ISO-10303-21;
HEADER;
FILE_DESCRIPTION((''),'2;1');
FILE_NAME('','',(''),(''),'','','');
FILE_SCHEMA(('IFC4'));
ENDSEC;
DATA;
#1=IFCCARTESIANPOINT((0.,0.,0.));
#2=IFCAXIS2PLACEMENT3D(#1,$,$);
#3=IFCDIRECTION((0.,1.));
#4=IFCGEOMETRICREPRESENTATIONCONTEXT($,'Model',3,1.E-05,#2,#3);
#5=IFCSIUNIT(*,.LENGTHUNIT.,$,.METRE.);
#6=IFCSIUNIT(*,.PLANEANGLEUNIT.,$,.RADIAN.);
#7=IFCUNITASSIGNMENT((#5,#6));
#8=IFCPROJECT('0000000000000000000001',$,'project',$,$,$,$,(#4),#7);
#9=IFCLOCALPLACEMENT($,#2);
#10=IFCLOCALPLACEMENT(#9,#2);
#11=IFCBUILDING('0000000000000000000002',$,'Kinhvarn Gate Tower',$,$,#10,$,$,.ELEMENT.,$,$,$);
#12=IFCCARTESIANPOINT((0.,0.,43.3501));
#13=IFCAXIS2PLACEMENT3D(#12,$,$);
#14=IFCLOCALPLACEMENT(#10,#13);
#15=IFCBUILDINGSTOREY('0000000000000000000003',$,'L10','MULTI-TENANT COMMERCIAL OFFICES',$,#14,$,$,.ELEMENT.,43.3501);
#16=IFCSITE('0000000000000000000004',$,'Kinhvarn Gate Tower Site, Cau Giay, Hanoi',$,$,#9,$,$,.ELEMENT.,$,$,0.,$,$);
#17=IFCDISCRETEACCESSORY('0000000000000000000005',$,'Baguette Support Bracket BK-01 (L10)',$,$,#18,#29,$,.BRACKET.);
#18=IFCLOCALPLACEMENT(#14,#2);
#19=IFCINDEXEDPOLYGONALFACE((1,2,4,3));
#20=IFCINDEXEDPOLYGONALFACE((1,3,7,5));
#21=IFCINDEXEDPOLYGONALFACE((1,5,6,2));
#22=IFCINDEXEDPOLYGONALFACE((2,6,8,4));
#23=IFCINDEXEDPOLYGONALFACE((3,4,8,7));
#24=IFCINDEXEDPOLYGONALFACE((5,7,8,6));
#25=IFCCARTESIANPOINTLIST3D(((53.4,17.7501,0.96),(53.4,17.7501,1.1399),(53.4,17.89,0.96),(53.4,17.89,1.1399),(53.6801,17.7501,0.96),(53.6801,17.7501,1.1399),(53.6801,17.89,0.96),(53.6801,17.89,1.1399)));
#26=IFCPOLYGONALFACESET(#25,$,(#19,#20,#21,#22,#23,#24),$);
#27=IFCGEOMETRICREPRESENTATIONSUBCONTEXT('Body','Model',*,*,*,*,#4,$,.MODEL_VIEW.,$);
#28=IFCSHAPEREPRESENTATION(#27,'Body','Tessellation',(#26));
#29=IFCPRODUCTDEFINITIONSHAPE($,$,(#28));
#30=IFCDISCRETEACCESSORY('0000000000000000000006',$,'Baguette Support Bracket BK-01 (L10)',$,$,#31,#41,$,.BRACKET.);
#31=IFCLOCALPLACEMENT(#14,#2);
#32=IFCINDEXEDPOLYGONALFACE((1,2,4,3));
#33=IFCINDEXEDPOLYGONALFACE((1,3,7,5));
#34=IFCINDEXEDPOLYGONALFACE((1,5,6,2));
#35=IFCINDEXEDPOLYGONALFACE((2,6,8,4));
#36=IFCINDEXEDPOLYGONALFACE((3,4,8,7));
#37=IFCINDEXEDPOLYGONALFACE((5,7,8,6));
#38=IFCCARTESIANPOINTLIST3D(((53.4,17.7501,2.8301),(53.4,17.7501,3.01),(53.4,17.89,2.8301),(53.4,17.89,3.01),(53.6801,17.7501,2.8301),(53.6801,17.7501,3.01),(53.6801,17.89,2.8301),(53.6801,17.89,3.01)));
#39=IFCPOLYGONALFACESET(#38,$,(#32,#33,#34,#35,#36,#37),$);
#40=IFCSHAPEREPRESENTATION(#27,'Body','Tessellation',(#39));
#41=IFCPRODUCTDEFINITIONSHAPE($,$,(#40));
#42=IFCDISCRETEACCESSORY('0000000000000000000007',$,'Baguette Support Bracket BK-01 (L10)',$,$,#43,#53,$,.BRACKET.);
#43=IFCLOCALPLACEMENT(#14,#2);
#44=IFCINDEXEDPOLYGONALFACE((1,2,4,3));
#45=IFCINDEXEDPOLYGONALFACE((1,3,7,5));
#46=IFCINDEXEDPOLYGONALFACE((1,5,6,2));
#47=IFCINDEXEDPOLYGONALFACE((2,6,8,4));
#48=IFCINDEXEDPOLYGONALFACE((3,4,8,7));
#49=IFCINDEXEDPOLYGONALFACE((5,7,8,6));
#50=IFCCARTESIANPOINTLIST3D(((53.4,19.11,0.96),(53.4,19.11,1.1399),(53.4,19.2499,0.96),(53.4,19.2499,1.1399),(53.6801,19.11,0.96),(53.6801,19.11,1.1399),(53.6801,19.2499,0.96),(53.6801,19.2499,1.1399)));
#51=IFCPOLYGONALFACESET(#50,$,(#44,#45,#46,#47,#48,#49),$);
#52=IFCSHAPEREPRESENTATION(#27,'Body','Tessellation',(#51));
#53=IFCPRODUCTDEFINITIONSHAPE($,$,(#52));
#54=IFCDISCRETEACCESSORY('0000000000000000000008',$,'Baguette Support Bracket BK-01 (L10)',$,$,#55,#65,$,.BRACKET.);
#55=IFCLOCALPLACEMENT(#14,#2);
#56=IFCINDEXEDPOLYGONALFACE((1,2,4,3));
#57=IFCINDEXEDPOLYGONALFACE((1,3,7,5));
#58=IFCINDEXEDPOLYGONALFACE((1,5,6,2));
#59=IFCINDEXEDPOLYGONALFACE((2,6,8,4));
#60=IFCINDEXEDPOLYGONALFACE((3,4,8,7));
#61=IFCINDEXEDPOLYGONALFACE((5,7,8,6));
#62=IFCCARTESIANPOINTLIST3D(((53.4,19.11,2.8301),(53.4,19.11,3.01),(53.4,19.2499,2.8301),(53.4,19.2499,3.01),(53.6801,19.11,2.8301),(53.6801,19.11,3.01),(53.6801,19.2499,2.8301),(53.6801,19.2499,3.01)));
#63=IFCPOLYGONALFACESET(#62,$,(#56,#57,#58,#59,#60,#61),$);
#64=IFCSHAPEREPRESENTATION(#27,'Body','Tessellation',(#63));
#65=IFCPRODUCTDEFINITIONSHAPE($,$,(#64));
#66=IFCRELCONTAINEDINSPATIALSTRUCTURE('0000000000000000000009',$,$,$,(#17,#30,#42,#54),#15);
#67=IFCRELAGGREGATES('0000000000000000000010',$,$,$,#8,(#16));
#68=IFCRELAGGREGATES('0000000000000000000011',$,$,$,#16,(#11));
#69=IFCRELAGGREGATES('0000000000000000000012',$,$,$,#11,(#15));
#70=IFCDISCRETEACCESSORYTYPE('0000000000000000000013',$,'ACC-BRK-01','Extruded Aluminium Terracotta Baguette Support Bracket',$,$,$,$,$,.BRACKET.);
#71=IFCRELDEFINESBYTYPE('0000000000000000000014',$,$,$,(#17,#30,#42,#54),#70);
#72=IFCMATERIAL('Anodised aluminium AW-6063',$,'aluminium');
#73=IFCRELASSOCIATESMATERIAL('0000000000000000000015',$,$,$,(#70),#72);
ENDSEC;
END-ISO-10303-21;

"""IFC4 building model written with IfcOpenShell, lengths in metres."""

from ifc_helpers import new_model, si_unit, direction, frame, origin, origin_2d, place, context, subcontext, project, spatial, rectangle, extrude, material, type_object, element, save


model = new_model("IFC4")

# Units and contexts
model_context = context("Model", 3, precision=1e-05, world=origin(), true_north=direction((0.0, 1.0)))
body_context = subcontext(model_context, "Body", "Model", "MODEL_VIEW")
ifc_project = project(units=[si_unit("LENGTHUNIT", "METRE"), si_unit("PLANEANGLEUNIT", "RADIAN")], contexts=[model_context])

# Site, building, storey
site_placement = place(None, origin())
site = spatial("IfcSite", under=ifc_project, at=site_placement, Name="Kinhvarn Gate Tower Site, Cau Giay, Hanoi", CompositionType="ELEMENT", RefElevation=0.0)
building_placement = place(site_placement, origin())
building = spatial("IfcBuilding", under=site, at=building_placement, Name="Kinhvarn Gate Tower", CompositionType="ELEMENT")
storey_placement = place(building_placement, frame((0.0, 0.0, 43.3501)))
storey = spatial("IfcBuildingStorey", under=building, at=storey_placement, Name="L10", Description="MULTI-TENANT COMMERCIAL OFFICES", CompositionType="ELEMENT", Elevation=43.3501)

# Shared definitions
ifc_material_1 = material(Name="Anodised aluminium AW-6063", Category="aluminium")

# Discrete accessories
discrete_accessory_type = type_object("IfcDiscreteAccessoryType", Name="ACC-BRK-01", Description="Extruded Aluminium Terracotta Baguette Support Bracket", PredefinedType="BRACKET", material=ifc_material_1)
for number, where, z_axis, x_axis, name in (
    (1, (53.54, 17.8201, 0.96), (0.0, 0.0, 1.0), (0.0, 1.0, 0.0), "Baguette Support Bracket BK-01 (L10)"),
    (2, (53.54, 17.8201, 2.8301), (0.0, 0.0, 1.0), (0.0, 1.0, 0.0), "Baguette Support Bracket BK-01 (L10)"),
    (3, (53.54, 19.1799, 0.96), (0.0, 0.0, 1.0), (0.0, 1.0, 0.0), "Baguette Support Bracket BK-01 (L10)"),
    (4, (53.54, 19.1799, 2.8301), (0.0, 0.0, 1.0), (0.0, 1.0, 0.0), "Baguette Support Bracket BK-01 (L10)"),
):
    element("IfcDiscreteAccessory", number, at=place(storey_placement, frame(where, z_axis=z_axis, x_axis=x_axis)), inside=storey, type_object=discrete_accessory_type, Name=name, PredefinedType="BRACKET", context=body_context, shape_type="SweptSolid", body=[
        extrude(rectangle(XDim=0.1399, YDim=0.28, at=origin_2d()), origin(), (0.0, 0.0, 1.0), 0.1799),
    ])

save(model, "model.ifc")
